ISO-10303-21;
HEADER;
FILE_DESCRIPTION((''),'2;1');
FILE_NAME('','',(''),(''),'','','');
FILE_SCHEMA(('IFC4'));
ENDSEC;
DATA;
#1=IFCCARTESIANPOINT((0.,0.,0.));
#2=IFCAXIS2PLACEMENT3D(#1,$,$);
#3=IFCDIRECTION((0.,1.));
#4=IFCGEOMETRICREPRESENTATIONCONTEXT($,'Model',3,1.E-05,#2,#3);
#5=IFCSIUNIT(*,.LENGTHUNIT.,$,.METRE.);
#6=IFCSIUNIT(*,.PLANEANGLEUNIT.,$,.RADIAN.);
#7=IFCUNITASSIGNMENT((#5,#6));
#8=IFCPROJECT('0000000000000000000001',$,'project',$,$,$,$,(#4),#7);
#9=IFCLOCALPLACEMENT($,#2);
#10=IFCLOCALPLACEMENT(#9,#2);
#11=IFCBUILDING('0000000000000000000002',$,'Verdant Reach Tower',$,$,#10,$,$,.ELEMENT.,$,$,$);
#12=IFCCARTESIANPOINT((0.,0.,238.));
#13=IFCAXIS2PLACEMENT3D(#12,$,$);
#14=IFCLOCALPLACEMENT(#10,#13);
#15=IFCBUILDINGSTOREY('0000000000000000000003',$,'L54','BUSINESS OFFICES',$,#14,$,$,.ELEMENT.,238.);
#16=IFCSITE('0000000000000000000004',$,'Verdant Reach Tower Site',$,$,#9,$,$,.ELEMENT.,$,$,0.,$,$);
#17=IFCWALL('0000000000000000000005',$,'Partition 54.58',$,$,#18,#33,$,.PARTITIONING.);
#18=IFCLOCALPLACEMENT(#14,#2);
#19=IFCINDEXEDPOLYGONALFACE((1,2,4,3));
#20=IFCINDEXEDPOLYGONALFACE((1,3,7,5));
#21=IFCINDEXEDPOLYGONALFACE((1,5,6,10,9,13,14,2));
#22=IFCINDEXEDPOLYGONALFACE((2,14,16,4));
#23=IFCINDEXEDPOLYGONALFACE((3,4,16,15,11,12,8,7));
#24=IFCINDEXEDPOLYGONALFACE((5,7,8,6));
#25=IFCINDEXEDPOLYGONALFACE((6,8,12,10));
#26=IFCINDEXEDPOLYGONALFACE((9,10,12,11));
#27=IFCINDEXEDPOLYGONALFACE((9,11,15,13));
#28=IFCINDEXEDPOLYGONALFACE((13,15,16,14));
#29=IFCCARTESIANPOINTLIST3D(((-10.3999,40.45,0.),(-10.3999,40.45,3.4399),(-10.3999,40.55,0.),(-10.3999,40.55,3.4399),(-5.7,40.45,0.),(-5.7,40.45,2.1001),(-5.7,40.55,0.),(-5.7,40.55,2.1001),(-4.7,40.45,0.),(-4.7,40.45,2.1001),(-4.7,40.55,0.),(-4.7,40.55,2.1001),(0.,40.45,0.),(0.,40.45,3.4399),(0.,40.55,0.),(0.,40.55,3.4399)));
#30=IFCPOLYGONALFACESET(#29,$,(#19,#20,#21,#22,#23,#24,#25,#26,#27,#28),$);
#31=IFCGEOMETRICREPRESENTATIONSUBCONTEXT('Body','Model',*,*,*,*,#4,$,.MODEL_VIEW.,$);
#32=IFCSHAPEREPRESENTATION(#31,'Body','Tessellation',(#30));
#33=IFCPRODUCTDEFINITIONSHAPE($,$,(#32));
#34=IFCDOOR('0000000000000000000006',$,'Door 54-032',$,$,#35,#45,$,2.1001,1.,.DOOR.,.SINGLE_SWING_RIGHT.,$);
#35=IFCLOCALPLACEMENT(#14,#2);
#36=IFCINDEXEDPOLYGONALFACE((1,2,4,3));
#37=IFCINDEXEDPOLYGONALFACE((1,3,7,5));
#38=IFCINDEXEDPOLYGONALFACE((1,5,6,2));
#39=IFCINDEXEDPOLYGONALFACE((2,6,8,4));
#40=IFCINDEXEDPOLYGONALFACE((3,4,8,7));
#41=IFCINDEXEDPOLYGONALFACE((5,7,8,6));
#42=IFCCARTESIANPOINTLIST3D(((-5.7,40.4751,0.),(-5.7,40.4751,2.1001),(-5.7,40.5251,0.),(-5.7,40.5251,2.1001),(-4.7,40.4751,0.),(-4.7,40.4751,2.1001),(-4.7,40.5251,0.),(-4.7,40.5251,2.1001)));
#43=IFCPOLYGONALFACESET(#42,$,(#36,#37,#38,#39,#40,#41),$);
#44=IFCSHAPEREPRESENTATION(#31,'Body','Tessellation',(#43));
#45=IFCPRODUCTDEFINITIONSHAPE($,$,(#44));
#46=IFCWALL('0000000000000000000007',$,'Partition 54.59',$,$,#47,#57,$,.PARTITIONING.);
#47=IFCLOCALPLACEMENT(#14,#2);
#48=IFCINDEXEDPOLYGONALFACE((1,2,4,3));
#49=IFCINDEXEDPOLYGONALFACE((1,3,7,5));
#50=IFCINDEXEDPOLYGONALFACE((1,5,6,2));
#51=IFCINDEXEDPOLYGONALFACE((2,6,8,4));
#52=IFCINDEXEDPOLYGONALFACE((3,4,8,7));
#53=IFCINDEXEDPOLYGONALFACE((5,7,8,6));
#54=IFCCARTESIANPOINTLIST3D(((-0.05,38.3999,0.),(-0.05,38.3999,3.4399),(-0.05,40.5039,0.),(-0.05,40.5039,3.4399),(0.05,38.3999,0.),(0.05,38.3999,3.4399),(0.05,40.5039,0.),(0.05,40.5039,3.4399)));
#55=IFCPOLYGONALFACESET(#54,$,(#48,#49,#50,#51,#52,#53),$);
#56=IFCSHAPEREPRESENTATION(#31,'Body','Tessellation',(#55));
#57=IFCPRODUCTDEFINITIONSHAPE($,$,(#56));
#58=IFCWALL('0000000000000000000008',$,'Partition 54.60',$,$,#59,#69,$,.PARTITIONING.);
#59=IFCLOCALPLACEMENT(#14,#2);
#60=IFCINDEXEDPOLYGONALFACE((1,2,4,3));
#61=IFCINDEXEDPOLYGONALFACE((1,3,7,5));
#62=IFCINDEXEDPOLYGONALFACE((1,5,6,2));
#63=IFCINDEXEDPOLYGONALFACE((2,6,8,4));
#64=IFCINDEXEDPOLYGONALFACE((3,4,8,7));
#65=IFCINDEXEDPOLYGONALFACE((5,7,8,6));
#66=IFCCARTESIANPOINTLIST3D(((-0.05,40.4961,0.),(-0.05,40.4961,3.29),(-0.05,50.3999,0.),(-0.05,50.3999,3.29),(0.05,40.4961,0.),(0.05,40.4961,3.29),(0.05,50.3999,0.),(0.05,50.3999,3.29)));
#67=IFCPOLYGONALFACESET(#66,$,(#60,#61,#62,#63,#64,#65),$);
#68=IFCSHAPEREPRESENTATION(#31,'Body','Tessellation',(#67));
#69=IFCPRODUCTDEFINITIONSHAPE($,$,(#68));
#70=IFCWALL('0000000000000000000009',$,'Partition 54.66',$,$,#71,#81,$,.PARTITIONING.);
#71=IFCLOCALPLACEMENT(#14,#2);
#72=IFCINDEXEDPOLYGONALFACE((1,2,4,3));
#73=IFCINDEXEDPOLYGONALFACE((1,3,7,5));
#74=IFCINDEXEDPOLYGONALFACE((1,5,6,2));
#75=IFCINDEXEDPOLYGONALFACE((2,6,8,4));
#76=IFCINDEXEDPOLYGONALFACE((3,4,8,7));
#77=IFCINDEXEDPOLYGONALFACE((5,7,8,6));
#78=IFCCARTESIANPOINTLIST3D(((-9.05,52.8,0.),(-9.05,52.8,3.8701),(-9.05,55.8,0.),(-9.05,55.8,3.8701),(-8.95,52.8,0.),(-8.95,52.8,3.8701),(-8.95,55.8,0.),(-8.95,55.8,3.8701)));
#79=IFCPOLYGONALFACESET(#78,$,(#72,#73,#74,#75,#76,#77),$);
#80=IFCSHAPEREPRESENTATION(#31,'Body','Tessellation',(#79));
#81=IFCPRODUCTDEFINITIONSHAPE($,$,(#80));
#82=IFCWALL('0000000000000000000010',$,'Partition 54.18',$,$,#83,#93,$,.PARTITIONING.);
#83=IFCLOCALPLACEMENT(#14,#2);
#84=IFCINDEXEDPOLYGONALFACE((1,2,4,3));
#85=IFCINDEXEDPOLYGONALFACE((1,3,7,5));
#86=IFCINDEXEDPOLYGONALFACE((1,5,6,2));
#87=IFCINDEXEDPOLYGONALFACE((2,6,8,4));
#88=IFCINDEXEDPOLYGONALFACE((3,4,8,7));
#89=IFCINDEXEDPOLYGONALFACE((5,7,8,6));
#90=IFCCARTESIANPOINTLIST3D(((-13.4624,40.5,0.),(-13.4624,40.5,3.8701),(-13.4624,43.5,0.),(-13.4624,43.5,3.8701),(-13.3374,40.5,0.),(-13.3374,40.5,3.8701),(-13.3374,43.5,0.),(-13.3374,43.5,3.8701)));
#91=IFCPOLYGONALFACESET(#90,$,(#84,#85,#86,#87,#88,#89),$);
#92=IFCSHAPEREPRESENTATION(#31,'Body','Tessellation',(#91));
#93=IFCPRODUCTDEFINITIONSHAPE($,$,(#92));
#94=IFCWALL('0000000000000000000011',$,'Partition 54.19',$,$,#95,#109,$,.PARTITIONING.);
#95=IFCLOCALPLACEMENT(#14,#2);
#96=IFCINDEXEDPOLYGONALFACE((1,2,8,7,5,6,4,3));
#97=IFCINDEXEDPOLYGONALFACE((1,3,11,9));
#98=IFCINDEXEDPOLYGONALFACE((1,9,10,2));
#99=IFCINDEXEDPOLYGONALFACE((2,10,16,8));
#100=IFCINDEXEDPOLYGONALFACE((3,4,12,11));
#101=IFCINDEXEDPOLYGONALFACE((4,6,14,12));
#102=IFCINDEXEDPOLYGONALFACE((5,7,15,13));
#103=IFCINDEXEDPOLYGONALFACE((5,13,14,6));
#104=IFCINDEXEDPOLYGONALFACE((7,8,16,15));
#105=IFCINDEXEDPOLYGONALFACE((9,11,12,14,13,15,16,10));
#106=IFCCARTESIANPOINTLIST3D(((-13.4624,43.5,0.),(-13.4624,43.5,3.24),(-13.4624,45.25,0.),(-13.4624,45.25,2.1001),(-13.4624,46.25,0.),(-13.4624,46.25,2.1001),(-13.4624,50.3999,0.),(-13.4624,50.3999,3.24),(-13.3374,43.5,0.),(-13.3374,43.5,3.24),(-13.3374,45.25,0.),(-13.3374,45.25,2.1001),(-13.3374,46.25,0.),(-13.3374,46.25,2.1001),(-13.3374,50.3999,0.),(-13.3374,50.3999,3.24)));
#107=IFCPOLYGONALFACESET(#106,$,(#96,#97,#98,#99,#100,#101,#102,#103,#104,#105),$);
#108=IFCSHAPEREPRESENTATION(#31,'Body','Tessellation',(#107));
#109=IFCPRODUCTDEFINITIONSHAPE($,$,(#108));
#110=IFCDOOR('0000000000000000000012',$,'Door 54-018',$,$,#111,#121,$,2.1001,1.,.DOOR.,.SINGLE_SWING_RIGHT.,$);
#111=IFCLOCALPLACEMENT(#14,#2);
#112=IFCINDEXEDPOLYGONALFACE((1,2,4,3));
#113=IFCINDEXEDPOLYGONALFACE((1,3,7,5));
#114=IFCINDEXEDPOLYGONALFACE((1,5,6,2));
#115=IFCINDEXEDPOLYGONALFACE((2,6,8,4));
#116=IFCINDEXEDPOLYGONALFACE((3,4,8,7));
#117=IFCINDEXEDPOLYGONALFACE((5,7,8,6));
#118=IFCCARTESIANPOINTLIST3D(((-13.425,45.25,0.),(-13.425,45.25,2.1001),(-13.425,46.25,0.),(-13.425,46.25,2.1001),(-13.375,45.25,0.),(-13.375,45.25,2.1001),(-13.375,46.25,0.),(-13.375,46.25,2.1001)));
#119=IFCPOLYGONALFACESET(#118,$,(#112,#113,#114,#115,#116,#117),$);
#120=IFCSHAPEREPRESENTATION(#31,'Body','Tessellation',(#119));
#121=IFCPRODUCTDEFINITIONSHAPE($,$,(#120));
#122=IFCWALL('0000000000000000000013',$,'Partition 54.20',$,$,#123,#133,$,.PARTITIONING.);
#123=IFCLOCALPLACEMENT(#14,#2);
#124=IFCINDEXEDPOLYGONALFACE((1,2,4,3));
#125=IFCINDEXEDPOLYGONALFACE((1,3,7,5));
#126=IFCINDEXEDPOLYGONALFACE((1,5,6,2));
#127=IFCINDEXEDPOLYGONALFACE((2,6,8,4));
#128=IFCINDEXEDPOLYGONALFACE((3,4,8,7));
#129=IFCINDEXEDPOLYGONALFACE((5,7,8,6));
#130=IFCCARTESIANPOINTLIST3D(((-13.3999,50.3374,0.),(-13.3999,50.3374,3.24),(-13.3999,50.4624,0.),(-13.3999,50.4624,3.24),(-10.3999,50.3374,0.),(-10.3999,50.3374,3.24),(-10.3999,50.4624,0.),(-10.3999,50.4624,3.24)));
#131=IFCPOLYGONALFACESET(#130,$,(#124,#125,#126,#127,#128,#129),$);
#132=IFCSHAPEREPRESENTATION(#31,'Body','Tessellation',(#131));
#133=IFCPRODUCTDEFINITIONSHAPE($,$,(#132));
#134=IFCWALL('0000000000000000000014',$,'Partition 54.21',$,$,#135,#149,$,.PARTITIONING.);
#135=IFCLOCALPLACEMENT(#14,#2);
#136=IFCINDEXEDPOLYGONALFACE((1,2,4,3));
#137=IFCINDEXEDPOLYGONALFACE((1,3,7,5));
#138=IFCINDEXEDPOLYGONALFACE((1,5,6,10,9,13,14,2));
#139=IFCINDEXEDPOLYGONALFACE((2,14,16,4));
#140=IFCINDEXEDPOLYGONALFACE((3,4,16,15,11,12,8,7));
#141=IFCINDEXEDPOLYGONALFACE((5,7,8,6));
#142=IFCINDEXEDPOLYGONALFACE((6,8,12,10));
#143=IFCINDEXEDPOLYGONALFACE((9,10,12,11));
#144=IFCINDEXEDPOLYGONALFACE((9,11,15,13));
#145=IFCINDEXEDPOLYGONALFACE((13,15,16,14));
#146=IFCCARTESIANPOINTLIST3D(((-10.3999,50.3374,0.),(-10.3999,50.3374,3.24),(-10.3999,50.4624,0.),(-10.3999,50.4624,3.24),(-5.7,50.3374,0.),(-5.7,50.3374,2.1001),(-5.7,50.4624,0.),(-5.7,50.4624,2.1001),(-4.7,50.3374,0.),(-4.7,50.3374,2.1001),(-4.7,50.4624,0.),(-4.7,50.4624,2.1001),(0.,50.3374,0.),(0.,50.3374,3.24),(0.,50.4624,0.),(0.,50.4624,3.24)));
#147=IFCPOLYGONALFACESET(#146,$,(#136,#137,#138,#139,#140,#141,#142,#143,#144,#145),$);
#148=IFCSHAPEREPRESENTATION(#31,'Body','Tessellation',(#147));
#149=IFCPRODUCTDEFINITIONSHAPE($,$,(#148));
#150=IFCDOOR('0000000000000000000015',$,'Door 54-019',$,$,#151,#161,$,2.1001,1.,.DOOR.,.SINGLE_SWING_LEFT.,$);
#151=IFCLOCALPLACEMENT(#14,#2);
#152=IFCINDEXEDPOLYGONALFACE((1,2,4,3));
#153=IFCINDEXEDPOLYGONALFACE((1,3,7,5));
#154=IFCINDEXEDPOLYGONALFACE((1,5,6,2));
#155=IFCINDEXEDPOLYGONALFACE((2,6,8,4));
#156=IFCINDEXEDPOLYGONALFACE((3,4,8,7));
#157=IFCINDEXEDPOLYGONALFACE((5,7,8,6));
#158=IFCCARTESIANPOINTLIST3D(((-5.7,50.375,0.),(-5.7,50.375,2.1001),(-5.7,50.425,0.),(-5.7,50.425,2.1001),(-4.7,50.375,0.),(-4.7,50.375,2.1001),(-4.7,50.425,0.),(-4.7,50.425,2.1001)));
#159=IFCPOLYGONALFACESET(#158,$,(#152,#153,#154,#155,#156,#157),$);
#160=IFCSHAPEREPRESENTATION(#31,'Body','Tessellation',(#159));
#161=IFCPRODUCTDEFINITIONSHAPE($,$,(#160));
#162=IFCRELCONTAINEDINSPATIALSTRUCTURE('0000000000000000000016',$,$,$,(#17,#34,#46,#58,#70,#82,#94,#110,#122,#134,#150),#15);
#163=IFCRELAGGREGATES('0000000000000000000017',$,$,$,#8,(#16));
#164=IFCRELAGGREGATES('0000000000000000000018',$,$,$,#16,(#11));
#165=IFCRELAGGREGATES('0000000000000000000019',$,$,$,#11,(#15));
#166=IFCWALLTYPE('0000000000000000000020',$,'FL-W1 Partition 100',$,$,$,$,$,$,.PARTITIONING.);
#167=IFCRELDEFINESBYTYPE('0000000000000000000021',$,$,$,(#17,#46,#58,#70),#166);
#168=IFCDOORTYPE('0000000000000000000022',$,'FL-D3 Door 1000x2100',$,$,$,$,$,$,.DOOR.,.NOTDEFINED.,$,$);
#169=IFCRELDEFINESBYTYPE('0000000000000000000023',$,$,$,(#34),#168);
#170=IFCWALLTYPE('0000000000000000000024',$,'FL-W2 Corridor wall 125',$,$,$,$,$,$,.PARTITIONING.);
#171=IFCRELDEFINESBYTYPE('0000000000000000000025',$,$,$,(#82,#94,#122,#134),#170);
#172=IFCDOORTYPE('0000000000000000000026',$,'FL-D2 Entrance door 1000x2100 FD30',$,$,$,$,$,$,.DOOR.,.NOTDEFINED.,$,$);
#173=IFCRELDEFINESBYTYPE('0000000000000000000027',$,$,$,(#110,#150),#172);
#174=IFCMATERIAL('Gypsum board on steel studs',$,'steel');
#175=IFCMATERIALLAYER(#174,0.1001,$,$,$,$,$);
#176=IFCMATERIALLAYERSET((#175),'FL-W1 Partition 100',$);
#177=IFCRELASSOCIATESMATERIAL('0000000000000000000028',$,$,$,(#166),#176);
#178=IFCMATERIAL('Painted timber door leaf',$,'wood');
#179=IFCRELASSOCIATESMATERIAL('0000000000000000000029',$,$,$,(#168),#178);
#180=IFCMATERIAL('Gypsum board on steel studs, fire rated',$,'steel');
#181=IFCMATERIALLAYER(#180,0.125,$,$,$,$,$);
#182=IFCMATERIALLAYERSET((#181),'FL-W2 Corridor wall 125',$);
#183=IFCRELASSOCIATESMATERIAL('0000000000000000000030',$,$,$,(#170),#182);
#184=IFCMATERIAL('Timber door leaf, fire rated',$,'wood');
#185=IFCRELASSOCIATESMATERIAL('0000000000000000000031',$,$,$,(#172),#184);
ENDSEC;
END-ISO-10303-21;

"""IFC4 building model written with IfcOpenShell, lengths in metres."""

from ifc_helpers import new_model, si_unit, direction, frame, frame_2d, origin, place, context, subcontext, project, spatial, rectangle, extrude, material, layer, layer_set, type_object, element, fill, save


model = new_model("IFC4")

# Units and contexts
model_context = context("Model", 3, precision=1e-05, world=origin(), true_north=direction((0.0, 1.0)))
body_context = subcontext(model_context, "Body", "Model", "MODEL_VIEW")
ifc_project = project(units=[si_unit("LENGTHUNIT", "METRE"), si_unit("PLANEANGLEUNIT", "RADIAN")], contexts=[model_context])

# Site, building, storey
site_placement = place(None, origin())
site = spatial("IfcSite", under=ifc_project, at=site_placement, Name="Verdant Reach Tower Site", CompositionType="ELEMENT", RefElevation=0.0)
building_placement = place(site_placement, origin())
building = spatial("IfcBuilding", under=site, at=building_placement, Name="Verdant Reach Tower", CompositionType="ELEMENT")
storey_placement = place(building_placement, frame((0.0, 0.0, 238.0)))
storey = spatial("IfcBuildingStorey", under=building, at=storey_placement, Name="L54", Description="BUSINESS OFFICES", CompositionType="ELEMENT", Elevation=238.0)

# Shared definitions
ifc_material_1 = material(Name="Gypsum board on steel studs", Category="steel")
ifc_layer_1 = layer(ifc_material_1, 0.1001)
ifc_layer_set_1 = layer_set([ifc_layer_1], Name="FL-W1 Partition 100")
wall_type_1 = type_object("IfcWallType", Name="FL-W1 Partition 100", PredefinedType="PARTITIONING", material=ifc_layer_set_1)

# Shared definitions
ifc_material_2 = material(Name="Painted timber door leaf", Category="wood")
door_type_1 = type_object("IfcDoorType", Name="FL-D3 Door 1000x2100", OperationType="NOTDEFINED", PredefinedType="DOOR", material=ifc_material_2)

# Wall, opening, door
wall_1_placement = place(storey_placement, frame((0.0, 40.5, 0.0), z_axis=(0.0, 0.0, 1.0), x_axis=(-1.0, 0.0, 0.0)))
wall_1 = element("IfcWall", 1, at=wall_1_placement, inside=storey, type_object=wall_type_1, Name="Partition 54.58", PredefinedType="PARTITIONING", context=body_context, shape_type="SweptSolid", body=[
    extrude(rectangle(XDim=10.3999, YDim=0.1001, at=frame_2d((5.2, 0.0))), origin(), (0.0, 0.0, 1.0), 3.4399),
])
opening_1_placement = place(wall_1_placement, frame((4.7, 0.0, 0.0)))
opening_1 = element("IfcOpeningElement", 2, at=opening_1_placement, cuts=wall_1, PredefinedType="OPENING", context=body_context, shape_type="SweptSolid", body=[
    extrude(rectangle(XDim=1.0, YDim=2.1001, at=frame_2d((0.5, 1.05))), frame((0.0, 0.0601, 0.0), z_axis=(0.0, -1.0, 0.0), x_axis=(1.0, 0.0, 0.0)), (0.0, 0.0, 1.0), 0.1201),
])
door_1_placement = place(opening_1_placement, origin())
door_1 = element("IfcDoor", 3, at=door_1_placement, inside=storey, type_object=door_type_1, Name="Door 54-032", OperationType="SINGLE_SWING_RIGHT", OverallHeight=2.1001, OverallWidth=1.0, PredefinedType="DOOR", context=body_context, shape_type="SweptSolid", body=[
    extrude(rectangle(XDim=1.0, YDim=2.1001, at=frame_2d((0.5, 1.05))), frame((0.0, 0.0249, 0.0), z_axis=(0.0, -1.0, 0.0), x_axis=(1.0, 0.0, 0.0)), (0.0, 0.0, 1.0), 0.05),
])
fill(opening_1, door_1)

# Walls
wall_2_placement = place(storey_placement, frame((0.0, 38.3999, 0.0), z_axis=(0.0, 0.0, 1.0), x_axis=(0.0, 1.0, 0.0)))
element("IfcWall", 4, at=wall_2_placement, inside=storey, type_object=wall_type_1, Name="Partition 54.59", PredefinedType="PARTITIONING", context=body_context, shape_type="SweptSolid", body=[
    extrude(rectangle(XDim=2.104, YDim=0.1001, at=frame_2d((1.052, 0.0))), origin(), (0.0, 0.0, 1.0), 3.4399),
])
wall_3_placement = place(storey_placement, frame((0.0, 40.4961, 0.0), z_axis=(0.0, 0.0, 1.0), x_axis=(0.0, 1.0, 0.0)))
element("IfcWall", 5, at=wall_3_placement, inside=storey, type_object=wall_type_1, Name="Partition 54.60", PredefinedType="PARTITIONING", context=body_context, shape_type="SweptSolid", body=[
    extrude(rectangle(XDim=9.9038, YDim=0.1001, at=frame_2d((4.9519, 0.0))), origin(), (0.0, 0.0, 1.0), 3.29),
])
wall_4_placement = place(storey_placement, frame((-9.0, 52.8, 0.0), z_axis=(0.0, 0.0, 1.0), x_axis=(0.0, 1.0, 0.0)))
element("IfcWall", 6, at=wall_4_placement, inside=storey, type_object=wall_type_1, Name="Partition 54.66", PredefinedType="PARTITIONING", context=body_context, shape_type="SweptSolid", body=[
    extrude(rectangle(XDim=3.0, YDim=0.1001, at=frame_2d((1.5, 0.0))), origin(), (0.0, 0.0, 1.0), 3.8701),
])
ifc_material_3 = material(Name="Gypsum board on steel studs, fire rated", Category="steel")
ifc_layer_2 = layer(ifc_material_3, 0.125)
ifc_layer_set_2 = layer_set([ifc_layer_2], Name="FL-W2 Corridor wall 125")
wall_type_2 = type_object("IfcWallType", Name="FL-W2 Corridor wall 125", PredefinedType="PARTITIONING", material=ifc_layer_set_2)
wall_5_placement = place(storey_placement, frame((-13.3999, 40.5, 0.0), z_axis=(0.0, 0.0, 1.0), x_axis=(0.0, 1.0, 0.0)))
element("IfcWall", 7, at=wall_5_placement, inside=storey, type_object=wall_type_2, Name="Partition 54.18", PredefinedType="PARTITIONING", context=body_context, shape_type="SweptSolid", body=[
    extrude(rectangle(XDim=3.0, YDim=0.125, at=frame_2d((1.5, 0.0))), origin(), (0.0, 0.0, 1.0), 3.8701),
])

# Wall, opening, door
wall_6_placement = place(storey_placement, frame((-13.3999, 50.3999, 0.0), z_axis=(0.0, 0.0, 1.0), x_axis=(0.0, -1.0, 0.0)))
wall_6 = element("IfcWall", 8, at=wall_6_placement, inside=storey, type_object=wall_type_2, Name="Partition 54.19", PredefinedType="PARTITIONING", context=body_context, shape_type="SweptSolid", body=[
    extrude(rectangle(XDim=6.8999, YDim=0.125, at=frame_2d((3.45, 0.0))), origin(), (0.0, 0.0, 1.0), 3.24),
])
opening_2_placement = place(wall_6_placement, frame((4.1499, 0.0, 0.0)))
opening_2 = element("IfcOpeningElement", 9, at=opening_2_placement, cuts=wall_6, PredefinedType="OPENING", context=body_context, shape_type="SweptSolid", body=[
    extrude(rectangle(XDim=1.0, YDim=2.1001, at=frame_2d((0.5, 1.05))), frame((0.0, 0.0725, 0.0), z_axis=(0.0, -1.0, 0.0), x_axis=(1.0, 0.0, 0.0)), (0.0, 0.0, 1.0), 0.145),
])
ifc_material_4 = material(Name="Timber door leaf, fire rated", Category="wood")
door_type_2 = type_object("IfcDoorType", Name="FL-D2 Entrance door 1000x2100 FD30", OperationType="NOTDEFINED", PredefinedType="DOOR", material=ifc_material_4)
door_2_placement = place(opening_2_placement, origin())
door_2 = element("IfcDoor", 10, at=door_2_placement, inside=storey, type_object=door_type_2, Name="Door 54-018", OperationType="SINGLE_SWING_RIGHT", OverallHeight=2.1001, OverallWidth=1.0, PredefinedType="DOOR", context=body_context, shape_type="SweptSolid", body=[
    extrude(rectangle(XDim=1.0, YDim=2.1001, at=frame_2d((0.5, 1.05))), frame((0.0, 0.0249, 0.0), z_axis=(0.0, -1.0, 0.0), x_axis=(1.0, 0.0, 0.0)), (0.0, 0.0, 1.0), 0.05),
])
fill(opening_2, door_2)

# Wall
wall_7_placement = place(storey_placement, frame((-10.3999, 50.3999, 0.0), z_axis=(0.0, 0.0, 1.0), x_axis=(-1.0, 0.0, 0.0)))
element("IfcWall", 11, at=wall_7_placement, inside=storey, type_object=wall_type_2, Name="Partition 54.20", PredefinedType="PARTITIONING", context=body_context, shape_type="SweptSolid", body=[
    extrude(rectangle(XDim=3.0, YDim=0.125, at=frame_2d((1.5, 0.0))), origin(), (0.0, 0.0, 1.0), 3.24),
])

# Wall, opening, door
wall_8_placement = place(storey_placement, frame((0.0, 50.3999, 0.0), z_axis=(0.0, 0.0, 1.0), x_axis=(-1.0, 0.0, 0.0)))
wall_8 = element("IfcWall", 12, at=wall_8_placement, inside=storey, type_object=wall_type_2, Name="Partition 54.21", PredefinedType="PARTITIONING", context=body_context, shape_type="SweptSolid", body=[
    extrude(rectangle(XDim=10.3999, YDim=0.125, at=frame_2d((5.2, 0.0))), origin(), (0.0, 0.0, 1.0), 3.24),
])
opening_3_placement = place(wall_8_placement, frame((4.7, 0.0, 0.0)))
opening_3 = element("IfcOpeningElement", 13, at=opening_3_placement, cuts=wall_8, PredefinedType="OPENING", context=body_context, shape_type="SweptSolid", body=[
    extrude(rectangle(XDim=1.0, YDim=2.1001, at=frame_2d((0.5, 1.05))), frame((0.0, 0.0725, 0.0), z_axis=(0.0, -1.0, 0.0), x_axis=(1.0, 0.0, 0.0)), (0.0, 0.0, 1.0), 0.145),
])
door_3_placement = place(opening_3_placement, origin())
door_3 = element("IfcDoor", 14, at=door_3_placement, inside=storey, type_object=door_type_2, Name="Door 54-019", OperationType="SINGLE_SWING_LEFT", OverallHeight=2.1001, OverallWidth=1.0, PredefinedType="DOOR", context=body_context, shape_type="SweptSolid", body=[
    extrude(rectangle(XDim=1.0, YDim=2.1001, at=frame_2d((0.5, 1.05))), frame((0.0, 0.0249, 0.0), z_axis=(0.0, -1.0, 0.0), x_axis=(1.0, 0.0, 0.0)), (0.0, 0.0, 1.0), 0.05),
])
fill(opening_3, door_3)

save(model, "model.ifc")
